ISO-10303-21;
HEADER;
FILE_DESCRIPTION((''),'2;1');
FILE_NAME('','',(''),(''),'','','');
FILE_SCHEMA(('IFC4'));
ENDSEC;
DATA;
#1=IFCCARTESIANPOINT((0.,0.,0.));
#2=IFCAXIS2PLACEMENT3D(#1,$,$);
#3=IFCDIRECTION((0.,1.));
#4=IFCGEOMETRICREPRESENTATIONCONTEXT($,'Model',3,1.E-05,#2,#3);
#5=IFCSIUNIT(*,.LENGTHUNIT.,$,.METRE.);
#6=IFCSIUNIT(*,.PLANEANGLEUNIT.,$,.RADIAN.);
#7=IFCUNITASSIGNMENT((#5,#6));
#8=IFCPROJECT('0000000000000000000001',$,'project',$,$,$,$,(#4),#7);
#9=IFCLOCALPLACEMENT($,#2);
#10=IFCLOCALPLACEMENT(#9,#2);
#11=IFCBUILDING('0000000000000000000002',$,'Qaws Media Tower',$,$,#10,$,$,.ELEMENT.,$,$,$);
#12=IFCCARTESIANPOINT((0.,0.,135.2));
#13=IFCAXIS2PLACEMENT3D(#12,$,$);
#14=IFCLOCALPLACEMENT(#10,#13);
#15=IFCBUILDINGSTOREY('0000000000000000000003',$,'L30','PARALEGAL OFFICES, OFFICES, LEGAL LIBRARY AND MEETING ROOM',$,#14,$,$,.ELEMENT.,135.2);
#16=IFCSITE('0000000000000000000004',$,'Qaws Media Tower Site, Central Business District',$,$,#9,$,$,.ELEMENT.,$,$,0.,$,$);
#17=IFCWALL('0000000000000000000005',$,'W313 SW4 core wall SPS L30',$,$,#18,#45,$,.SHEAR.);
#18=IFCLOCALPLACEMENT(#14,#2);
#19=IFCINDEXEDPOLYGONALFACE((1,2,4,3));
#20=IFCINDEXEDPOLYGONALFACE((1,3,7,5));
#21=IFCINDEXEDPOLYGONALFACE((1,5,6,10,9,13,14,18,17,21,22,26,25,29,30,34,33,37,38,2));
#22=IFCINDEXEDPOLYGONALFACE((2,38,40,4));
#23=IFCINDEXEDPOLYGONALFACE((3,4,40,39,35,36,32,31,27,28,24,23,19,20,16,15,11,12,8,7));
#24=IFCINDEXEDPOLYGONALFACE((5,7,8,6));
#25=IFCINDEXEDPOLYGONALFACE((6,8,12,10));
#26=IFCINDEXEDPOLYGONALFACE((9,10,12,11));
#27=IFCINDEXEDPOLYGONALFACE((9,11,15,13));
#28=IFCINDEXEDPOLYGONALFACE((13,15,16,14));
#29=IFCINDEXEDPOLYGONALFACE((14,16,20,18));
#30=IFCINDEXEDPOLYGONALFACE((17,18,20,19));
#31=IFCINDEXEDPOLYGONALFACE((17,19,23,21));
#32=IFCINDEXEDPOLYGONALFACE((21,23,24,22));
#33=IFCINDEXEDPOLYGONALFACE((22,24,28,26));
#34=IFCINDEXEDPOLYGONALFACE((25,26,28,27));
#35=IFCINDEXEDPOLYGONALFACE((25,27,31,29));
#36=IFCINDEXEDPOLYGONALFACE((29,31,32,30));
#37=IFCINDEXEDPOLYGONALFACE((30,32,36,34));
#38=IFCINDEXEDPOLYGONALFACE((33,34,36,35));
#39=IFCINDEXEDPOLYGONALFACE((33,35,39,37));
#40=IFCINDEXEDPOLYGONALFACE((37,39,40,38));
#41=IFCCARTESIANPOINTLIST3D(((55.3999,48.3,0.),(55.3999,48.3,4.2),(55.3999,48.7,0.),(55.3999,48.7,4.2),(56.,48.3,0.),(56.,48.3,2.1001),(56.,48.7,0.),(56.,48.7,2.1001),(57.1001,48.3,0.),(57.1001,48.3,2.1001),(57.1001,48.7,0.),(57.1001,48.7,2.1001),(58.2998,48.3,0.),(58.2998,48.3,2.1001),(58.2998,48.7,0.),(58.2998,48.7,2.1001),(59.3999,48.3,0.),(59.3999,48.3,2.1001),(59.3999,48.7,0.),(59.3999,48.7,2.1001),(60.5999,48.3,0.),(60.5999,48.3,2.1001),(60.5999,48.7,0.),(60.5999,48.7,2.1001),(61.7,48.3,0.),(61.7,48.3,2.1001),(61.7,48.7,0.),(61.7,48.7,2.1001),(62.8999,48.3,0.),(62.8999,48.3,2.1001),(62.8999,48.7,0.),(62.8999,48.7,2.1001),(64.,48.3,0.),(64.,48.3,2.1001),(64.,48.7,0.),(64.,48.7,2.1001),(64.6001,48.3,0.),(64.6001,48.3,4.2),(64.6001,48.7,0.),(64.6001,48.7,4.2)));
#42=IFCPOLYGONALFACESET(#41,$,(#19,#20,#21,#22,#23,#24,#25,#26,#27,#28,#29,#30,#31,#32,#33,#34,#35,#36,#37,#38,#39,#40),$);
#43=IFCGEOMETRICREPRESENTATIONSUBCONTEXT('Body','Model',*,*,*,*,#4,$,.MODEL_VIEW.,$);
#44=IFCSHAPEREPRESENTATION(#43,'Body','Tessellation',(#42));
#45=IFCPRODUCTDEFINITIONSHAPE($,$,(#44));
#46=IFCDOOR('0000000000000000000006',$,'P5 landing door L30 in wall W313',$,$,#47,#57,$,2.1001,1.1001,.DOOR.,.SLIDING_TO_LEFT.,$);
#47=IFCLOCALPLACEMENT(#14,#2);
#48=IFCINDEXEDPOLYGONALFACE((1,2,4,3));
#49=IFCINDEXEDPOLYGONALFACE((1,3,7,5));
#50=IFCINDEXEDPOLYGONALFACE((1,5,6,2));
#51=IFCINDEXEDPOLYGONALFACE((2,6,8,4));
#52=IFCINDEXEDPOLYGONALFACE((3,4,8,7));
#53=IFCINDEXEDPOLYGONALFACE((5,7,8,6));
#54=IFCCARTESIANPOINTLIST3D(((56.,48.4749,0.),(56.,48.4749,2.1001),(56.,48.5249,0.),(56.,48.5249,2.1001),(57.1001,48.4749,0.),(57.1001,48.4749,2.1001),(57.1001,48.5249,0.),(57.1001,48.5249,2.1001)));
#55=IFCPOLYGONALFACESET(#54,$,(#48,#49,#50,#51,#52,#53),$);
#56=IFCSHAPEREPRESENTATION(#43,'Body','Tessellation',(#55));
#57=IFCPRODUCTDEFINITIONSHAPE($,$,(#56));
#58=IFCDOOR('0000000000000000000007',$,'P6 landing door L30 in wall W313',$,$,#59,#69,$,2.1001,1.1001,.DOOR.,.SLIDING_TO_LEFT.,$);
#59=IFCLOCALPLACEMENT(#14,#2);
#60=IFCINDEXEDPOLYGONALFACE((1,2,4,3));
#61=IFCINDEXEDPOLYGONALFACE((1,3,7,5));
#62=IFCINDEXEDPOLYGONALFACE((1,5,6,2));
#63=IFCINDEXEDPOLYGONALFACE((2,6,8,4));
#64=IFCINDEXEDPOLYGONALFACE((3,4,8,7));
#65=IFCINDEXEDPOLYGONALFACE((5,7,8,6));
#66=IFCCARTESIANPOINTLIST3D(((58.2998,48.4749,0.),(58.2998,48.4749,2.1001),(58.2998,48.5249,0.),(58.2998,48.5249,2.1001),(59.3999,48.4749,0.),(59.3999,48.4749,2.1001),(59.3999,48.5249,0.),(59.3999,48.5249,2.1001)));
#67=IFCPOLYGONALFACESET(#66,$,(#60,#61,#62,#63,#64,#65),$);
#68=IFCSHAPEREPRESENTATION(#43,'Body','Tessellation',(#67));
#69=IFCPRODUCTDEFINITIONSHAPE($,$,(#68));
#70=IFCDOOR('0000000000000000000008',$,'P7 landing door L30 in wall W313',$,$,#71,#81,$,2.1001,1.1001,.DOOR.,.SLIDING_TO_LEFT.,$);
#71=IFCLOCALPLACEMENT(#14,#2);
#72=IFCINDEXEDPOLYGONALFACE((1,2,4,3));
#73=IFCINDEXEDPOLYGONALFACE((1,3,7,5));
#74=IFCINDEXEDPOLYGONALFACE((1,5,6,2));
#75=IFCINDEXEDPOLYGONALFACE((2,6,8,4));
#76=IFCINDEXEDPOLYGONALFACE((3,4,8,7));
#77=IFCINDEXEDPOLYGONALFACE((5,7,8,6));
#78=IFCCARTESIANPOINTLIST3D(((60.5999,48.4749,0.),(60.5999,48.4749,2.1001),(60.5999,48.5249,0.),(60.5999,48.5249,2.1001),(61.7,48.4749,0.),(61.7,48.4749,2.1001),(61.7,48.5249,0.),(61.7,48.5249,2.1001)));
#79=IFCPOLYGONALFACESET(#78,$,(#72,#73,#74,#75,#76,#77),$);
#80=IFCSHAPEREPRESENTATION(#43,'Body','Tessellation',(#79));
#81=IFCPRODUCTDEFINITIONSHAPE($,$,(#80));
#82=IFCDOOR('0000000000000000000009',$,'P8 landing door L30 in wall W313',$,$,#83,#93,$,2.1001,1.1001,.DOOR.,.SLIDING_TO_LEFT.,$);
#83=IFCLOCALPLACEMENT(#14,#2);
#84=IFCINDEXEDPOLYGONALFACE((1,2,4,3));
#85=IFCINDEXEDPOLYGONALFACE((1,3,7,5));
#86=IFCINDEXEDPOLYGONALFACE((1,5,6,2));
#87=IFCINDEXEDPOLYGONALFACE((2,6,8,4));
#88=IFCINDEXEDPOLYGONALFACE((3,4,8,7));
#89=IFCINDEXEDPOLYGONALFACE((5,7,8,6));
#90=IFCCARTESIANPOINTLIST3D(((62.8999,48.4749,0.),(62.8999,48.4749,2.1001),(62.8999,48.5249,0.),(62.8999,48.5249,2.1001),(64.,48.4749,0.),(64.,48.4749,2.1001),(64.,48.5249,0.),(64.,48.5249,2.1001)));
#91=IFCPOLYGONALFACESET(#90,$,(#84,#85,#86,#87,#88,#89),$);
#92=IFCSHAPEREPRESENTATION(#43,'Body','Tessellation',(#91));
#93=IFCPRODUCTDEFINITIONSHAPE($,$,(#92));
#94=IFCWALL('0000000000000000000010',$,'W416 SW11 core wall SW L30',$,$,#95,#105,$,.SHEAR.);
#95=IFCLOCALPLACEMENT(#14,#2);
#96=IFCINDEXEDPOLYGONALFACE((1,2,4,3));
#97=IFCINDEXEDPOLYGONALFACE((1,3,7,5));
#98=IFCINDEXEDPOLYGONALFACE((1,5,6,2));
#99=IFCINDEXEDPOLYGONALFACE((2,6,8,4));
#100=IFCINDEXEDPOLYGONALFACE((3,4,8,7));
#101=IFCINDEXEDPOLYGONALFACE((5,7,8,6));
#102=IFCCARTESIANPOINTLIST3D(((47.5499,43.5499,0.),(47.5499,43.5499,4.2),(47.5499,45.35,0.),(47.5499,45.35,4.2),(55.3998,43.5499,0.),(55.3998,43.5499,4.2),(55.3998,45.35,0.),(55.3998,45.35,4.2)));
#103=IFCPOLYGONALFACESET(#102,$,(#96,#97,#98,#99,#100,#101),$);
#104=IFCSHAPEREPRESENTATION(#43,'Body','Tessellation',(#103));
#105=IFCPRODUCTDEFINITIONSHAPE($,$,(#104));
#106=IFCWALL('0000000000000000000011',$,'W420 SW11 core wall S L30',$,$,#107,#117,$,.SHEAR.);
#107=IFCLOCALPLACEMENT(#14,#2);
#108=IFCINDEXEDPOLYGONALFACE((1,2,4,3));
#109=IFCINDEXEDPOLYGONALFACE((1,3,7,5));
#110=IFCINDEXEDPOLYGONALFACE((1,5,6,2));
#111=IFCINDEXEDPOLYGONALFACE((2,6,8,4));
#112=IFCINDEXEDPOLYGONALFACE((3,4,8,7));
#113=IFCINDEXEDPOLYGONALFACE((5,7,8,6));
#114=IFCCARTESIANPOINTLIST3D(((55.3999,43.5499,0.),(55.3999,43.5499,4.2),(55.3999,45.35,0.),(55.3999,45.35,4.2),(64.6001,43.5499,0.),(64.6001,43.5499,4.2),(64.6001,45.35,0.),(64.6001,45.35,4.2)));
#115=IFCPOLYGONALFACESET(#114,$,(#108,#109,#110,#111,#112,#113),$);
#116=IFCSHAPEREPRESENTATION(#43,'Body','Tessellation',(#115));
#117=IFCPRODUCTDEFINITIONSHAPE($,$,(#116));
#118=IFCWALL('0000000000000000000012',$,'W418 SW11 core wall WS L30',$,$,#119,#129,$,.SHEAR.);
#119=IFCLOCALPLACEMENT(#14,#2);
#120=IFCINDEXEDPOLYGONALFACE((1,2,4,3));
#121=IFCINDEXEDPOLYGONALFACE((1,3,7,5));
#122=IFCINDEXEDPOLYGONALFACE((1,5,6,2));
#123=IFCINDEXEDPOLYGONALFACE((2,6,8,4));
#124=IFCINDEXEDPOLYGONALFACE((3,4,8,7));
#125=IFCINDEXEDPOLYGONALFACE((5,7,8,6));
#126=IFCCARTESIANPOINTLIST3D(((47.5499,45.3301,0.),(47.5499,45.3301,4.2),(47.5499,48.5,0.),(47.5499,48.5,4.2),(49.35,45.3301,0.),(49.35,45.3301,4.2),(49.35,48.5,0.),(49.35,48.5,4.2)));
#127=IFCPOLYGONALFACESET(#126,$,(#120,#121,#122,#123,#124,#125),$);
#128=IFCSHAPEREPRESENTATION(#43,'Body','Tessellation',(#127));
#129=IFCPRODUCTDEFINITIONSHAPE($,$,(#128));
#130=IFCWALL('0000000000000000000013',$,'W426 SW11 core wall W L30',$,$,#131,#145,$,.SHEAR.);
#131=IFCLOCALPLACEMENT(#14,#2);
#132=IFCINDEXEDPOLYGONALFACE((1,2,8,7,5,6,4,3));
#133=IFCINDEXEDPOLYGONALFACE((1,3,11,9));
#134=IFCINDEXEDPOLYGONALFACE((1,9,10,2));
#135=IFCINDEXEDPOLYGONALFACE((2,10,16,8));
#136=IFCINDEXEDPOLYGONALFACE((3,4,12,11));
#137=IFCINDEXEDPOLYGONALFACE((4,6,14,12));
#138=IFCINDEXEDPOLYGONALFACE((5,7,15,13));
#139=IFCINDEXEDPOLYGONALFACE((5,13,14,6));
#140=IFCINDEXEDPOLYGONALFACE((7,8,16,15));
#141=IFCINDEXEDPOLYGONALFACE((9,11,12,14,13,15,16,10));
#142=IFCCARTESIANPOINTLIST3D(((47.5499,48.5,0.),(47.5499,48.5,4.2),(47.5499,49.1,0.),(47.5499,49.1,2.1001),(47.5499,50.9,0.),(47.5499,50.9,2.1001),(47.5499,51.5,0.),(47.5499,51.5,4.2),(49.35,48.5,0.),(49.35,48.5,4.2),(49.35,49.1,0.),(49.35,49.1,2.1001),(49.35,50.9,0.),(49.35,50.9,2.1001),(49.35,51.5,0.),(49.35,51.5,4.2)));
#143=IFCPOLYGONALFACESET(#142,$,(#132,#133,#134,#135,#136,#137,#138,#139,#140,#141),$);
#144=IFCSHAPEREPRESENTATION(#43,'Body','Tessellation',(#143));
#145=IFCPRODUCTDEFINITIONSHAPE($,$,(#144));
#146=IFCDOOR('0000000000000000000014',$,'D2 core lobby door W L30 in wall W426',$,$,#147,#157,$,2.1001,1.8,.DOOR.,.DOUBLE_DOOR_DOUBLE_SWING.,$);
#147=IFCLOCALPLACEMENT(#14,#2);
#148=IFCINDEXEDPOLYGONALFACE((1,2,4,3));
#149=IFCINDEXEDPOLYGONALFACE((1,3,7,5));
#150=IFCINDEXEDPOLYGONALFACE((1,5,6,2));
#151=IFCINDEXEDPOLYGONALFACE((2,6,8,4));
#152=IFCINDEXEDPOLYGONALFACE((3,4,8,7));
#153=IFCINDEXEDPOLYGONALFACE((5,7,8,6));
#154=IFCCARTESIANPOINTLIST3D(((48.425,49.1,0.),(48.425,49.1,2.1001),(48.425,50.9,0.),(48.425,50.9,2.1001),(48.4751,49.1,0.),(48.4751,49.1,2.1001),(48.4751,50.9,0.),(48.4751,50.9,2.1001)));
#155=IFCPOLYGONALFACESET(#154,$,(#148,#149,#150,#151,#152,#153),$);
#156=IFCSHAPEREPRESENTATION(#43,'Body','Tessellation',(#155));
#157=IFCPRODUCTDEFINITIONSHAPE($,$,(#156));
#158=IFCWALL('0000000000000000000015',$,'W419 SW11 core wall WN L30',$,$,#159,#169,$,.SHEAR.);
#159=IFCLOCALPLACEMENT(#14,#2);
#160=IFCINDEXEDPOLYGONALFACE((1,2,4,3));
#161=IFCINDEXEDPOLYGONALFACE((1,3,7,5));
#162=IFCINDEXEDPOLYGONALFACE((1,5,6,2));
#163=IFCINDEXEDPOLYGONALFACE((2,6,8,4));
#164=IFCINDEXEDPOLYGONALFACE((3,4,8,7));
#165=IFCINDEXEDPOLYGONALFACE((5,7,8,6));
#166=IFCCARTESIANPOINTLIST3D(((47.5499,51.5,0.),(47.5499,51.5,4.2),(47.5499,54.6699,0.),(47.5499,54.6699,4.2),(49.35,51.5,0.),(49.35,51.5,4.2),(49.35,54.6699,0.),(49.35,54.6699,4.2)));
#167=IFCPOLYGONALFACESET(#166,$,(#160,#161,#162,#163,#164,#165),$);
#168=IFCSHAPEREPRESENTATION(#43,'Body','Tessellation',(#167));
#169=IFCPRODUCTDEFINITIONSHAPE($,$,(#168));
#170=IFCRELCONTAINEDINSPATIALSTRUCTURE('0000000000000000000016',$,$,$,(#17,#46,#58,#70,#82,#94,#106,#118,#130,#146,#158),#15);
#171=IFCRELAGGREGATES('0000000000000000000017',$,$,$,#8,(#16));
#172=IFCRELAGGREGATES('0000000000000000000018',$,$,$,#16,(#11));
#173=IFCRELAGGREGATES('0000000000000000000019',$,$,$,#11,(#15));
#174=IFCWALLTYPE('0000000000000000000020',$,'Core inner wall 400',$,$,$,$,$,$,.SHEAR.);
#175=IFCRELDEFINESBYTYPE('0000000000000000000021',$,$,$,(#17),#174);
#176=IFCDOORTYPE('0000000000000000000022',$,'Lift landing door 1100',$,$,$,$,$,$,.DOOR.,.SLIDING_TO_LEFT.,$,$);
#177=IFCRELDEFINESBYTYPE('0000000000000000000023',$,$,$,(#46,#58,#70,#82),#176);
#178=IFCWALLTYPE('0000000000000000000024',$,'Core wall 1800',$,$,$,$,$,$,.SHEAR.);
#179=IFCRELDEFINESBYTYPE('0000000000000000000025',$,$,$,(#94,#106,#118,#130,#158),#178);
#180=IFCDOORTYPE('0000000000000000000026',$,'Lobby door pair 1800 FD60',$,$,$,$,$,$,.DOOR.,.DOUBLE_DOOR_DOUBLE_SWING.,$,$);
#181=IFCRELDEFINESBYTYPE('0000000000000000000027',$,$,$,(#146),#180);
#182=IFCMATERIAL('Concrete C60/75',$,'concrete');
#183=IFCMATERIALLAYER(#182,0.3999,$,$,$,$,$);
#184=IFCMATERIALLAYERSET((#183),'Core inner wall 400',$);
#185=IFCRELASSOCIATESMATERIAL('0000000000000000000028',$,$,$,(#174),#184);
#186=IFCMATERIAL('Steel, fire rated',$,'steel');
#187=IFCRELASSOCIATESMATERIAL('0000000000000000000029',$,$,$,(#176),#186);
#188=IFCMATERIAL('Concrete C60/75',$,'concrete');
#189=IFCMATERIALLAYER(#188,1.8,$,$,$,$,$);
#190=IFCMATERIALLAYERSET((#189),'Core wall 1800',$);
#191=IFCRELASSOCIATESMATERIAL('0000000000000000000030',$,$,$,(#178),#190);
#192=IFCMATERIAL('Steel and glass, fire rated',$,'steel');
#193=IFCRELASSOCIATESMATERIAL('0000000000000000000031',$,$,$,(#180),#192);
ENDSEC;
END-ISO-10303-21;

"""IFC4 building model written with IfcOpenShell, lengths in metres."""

from ifc_helpers import new_model, si_unit, direction, frame, frame_2d, origin, place, context, subcontext, project, spatial, rectangle, extrude, material, layer, layer_set, type_object, element, fill, save


model = new_model("IFC4")

# Units and contexts
model_context = context("Model", 3, precision=1e-05, world=origin(), true_north=direction((0.0, 1.0)))
body_context = subcontext(model_context, "Body", "Model", "MODEL_VIEW")
ifc_project = project(units=[si_unit("LENGTHUNIT", "METRE"), si_unit("PLANEANGLEUNIT", "RADIAN")], contexts=[model_context])

# Site, building, storey
site_placement = place(None, origin())
site = spatial("IfcSite", under=ifc_project, at=site_placement, Name="Qaws Media Tower Site, Central Business District", CompositionType="ELEMENT", RefElevation=0.0)
building_placement = place(site_placement, origin())
building = spatial("IfcBuilding", under=site, at=building_placement, Name="Qaws Media Tower", CompositionType="ELEMENT")
storey_placement = place(building_placement, frame((0.0, 0.0, 135.2)))
storey = spatial("IfcBuildingStorey", under=building, at=storey_placement, Name="L30", Description="PARALEGAL OFFICES, OFFICES, LEGAL LIBRARY AND MEETING ROOM", CompositionType="ELEMENT", Elevation=135.2)

# Shared definitions
ifc_material_1 = material(Name="Concrete C60/75", Category="concrete")
ifc_layer_1 = layer(ifc_material_1, 0.3999)
ifc_layer_set_1 = layer_set([ifc_layer_1], Name="Core inner wall 400")
wall_type_1 = type_object("IfcWallType", Name="Core inner wall 400", PredefinedType="SHEAR", material=ifc_layer_set_1)

# Wall, openings, doors
wall_1_placement = place(storey_placement, frame((55.3999, 48.5, 0.0), z_axis=(0.0, 0.0, 1.0), x_axis=(1.0, 0.0, 0.0)))
wall_1 = element("IfcWall", 1, at=wall_1_placement, inside=storey, type_object=wall_type_1, Name="W313 SW4 core wall SPS L30", PredefinedType="SHEAR", context=body_context, shape_type="SweptSolid", body=[
    extrude(rectangle(XDim=9.2002, YDim=0.3999, at=frame_2d((4.6001, 0.0))), origin(), (0.0, 0.0, 1.0), 4.2),
])
opening_1_placement = place(wall_1_placement, frame((0.6001, 0.0, 0.0)))
opening_1 = element("IfcOpeningElement", 2, at=opening_1_placement, cuts=wall_1, PredefinedType="OPENING", context=body_context, shape_type="SweptSolid", body=[
    extrude(rectangle(XDim=1.1001, YDim=2.1001, at=frame_2d((0.55, 1.05))), frame((0.0, 0.21, 0.0), z_axis=(0.0, -1.0, 0.0), x_axis=(1.0, 0.0, 0.0)), (0.0, 0.0, 1.0), 0.4199),
])
opening_2_placement = place(wall_1_placement, frame((2.8999, 0.0, 0.0)))
opening_2 = element("IfcOpeningElement", 3, at=opening_2_placement, cuts=wall_1, PredefinedType="OPENING", context=body_context, shape_type="SweptSolid", body=[
    extrude(rectangle(XDim=1.1001, YDim=2.1001, at=frame_2d((0.55, 1.05))), frame((0.0, 0.21, 0.0), z_axis=(0.0, -1.0, 0.0), x_axis=(1.0, 0.0, 0.0)), (0.0, 0.0, 1.0), 0.4199),
])
opening_3_placement = place(wall_1_placement, frame((5.2, 0.0, 0.0)))
opening_3 = element("IfcOpeningElement", 4, at=opening_3_placement, cuts=wall_1, PredefinedType="OPENING", context=body_context, shape_type="SweptSolid", body=[
    extrude(rectangle(XDim=1.1001, YDim=2.1001, at=frame_2d((0.55, 1.05))), frame((0.0, 0.21, 0.0), z_axis=(0.0, -1.0, 0.0), x_axis=(1.0, 0.0, 0.0)), (0.0, 0.0, 1.0), 0.4199),
])
opening_4_placement = place(wall_1_placement, frame((7.5, 0.0, 0.0)))
opening_4 = element("IfcOpeningElement", 5, at=opening_4_placement, cuts=wall_1, PredefinedType="OPENING", context=body_context, shape_type="SweptSolid", body=[
    extrude(rectangle(XDim=1.1001, YDim=2.1001, at=frame_2d((0.55, 1.05))), frame((0.0, 0.21, 0.0), z_axis=(0.0, -1.0, 0.0), x_axis=(1.0, 0.0, 0.0)), (0.0, 0.0, 1.0), 0.4199),
])
ifc_material_2 = material(Name="Steel, fire rated", Category="steel")
door_type_1 = type_object("IfcDoorType", Name="Lift landing door 1100", OperationType="SLIDING_TO_LEFT", PredefinedType="DOOR", material=ifc_material_2)
door_1_placement = place(opening_1_placement, origin())
door_1 = element("IfcDoor", 6, at=door_1_placement, inside=storey, type_object=door_type_1, Name="P5 landing door L30 in wall W313", OperationType="SLIDING_TO_LEFT", OverallHeight=2.1001, OverallWidth=1.1001, PredefinedType="DOOR", context=body_context, shape_type="SweptSolid", body=[
    extrude(rectangle(XDim=1.1001, YDim=2.1001, at=frame_2d((0.55, 1.05))), frame((0.0, 0.0249, 0.0), z_axis=(0.0, -1.0, 0.0), x_axis=(1.0, 0.0, 0.0)), (0.0, 0.0, 1.0), 0.05),
])
fill(opening_1, door_1)
door_2_placement = place(opening_2_placement, origin())
door_2 = element("IfcDoor", 7, at=door_2_placement, inside=storey, type_object=door_type_1, Name="P6 landing door L30 in wall W313", OperationType="SLIDING_TO_LEFT", OverallHeight=2.1001, OverallWidth=1.1001, PredefinedType="DOOR", context=body_context, shape_type="SweptSolid", body=[
    extrude(rectangle(XDim=1.1001, YDim=2.1001, at=frame_2d((0.55, 1.05))), frame((0.0, 0.0249, 0.0), z_axis=(0.0, -1.0, 0.0), x_axis=(1.0, 0.0, 0.0)), (0.0, 0.0, 1.0), 0.05),
])
fill(opening_2, door_2)
door_3_placement = place(opening_3_placement, origin())
door_3 = element("IfcDoor", 8, at=door_3_placement, inside=storey, type_object=door_type_1, Name="P7 landing door L30 in wall W313", OperationType="SLIDING_TO_LEFT", OverallHeight=2.1001, OverallWidth=1.1001, PredefinedType="DOOR", context=body_context, shape_type="SweptSolid", body=[
    extrude(rectangle(XDim=1.1001, YDim=2.1001, at=frame_2d((0.55, 1.05))), frame((0.0, 0.0249, 0.0), z_axis=(0.0, -1.0, 0.0), x_axis=(1.0, 0.0, 0.0)), (0.0, 0.0, 1.0), 0.05),
])
fill(opening_3, door_3)
door_4_placement = place(opening_4_placement, origin())
door_4 = element("IfcDoor", 9, at=door_4_placement, inside=storey, type_object=door_type_1, Name="P8 landing door L30 in wall W313", OperationType="SLIDING_TO_LEFT", OverallHeight=2.1001, OverallWidth=1.1001, PredefinedType="DOOR", context=body_context, shape_type="SweptSolid", body=[
    extrude(rectangle(XDim=1.1001, YDim=2.1001, at=frame_2d((0.55, 1.05))), frame((0.0, 0.0249, 0.0), z_axis=(0.0, -1.0, 0.0), x_axis=(1.0, 0.0, 0.0)), (0.0, 0.0, 1.0), 0.05),
])
fill(opening_4, door_4)

# Walls
ifc_material_3 = material(Name="Concrete C60/75", Category="concrete")
ifc_layer_2 = layer(ifc_material_3, 1.8)
ifc_layer_set_2 = layer_set([ifc_layer_2], Name="Core wall 1800")
wall_type_2 = type_object("IfcWallType", Name="Core wall 1800", PredefinedType="SHEAR", material=ifc_layer_set_2)
wall_2_placement = place(storey_placement, frame((47.55, 44.45, 0.0), z_axis=(0.0, 0.0, 1.0), x_axis=(1.0, 0.0, 0.0)))
element("IfcWall", 10, at=wall_2_placement, inside=storey, type_object=wall_type_2, Name="W416 SW11 core wall SW L30", PredefinedType="SHEAR", context=body_context, shape_type="SweptSolid", body=[
    extrude(rectangle(XDim=7.8499, YDim=1.8, at=frame_2d((3.9248, 0.0))), origin(), (0.0, 0.0, 1.0), 4.2),
])
wall_3_placement = place(storey_placement, frame((55.3999, 44.45, 0.0), z_axis=(0.0, 0.0, 1.0), x_axis=(1.0, 0.0, 0.0)))
element("IfcWall", 11, at=wall_3_placement, inside=storey, type_object=wall_type_2, Name="W420 SW11 core wall S L30", PredefinedType="SHEAR", context=body_context, shape_type="SweptSolid", body=[
    extrude(rectangle(XDim=9.2002, YDim=1.8, at=frame_2d((4.6001, 0.0))), origin(), (0.0, 0.0, 1.0), 4.2),
])
wall_4_placement = place(storey_placement, frame((48.45, 45.3301, 0.0), z_axis=(0.0, 0.0, 1.0), x_axis=(0.0, 1.0, 0.0)))
element("IfcWall", 12, at=wall_4_placement, inside=storey, type_object=wall_type_2, Name="W418 SW11 core wall WS L30", PredefinedType="SHEAR", context=body_context, shape_type="SweptSolid", body=[
    extrude(rectangle(XDim=3.1699, YDim=1.8, at=frame_2d((1.585, 0.0))), origin(), (0.0, 0.0, 1.0), 4.2),
])

# Wall, opening, door
wall_5_placement = place(storey_placement, frame((48.45, 48.5, 0.0), z_axis=(0.0, 0.0, 1.0), x_axis=(0.0, 1.0, 0.0)))
wall_5 = element("IfcWall", 13, at=wall_5_placement, inside=storey, type_object=wall_type_2, Name="W426 SW11 core wall W L30", PredefinedType="SHEAR", context=body_context, shape_type="SweptSolid", body=[
    extrude(rectangle(XDim=3.0, YDim=1.8, at=frame_2d((1.5, 0.0))), origin(), (0.0, 0.0, 1.0), 4.2),
])
opening_5_placement = place(wall_5_placement, frame((0.6001, 0.0, 0.0)))
opening_5 = element("IfcOpeningElement", 14, at=opening_5_placement, cuts=wall_5, PredefinedType="OPENING", context=body_context, shape_type="SweptSolid", body=[
    extrude(rectangle(XDim=1.8, YDim=2.1001, at=frame_2d((0.8999, 1.05))), frame((0.0, 0.9099, 0.0), z_axis=(0.0, -1.0, 0.0), x_axis=(1.0, 0.0, 0.0)), (0.0, 0.0, 1.0), 1.8201),
])
ifc_material_4 = material(Name="Steel and glass, fire rated", Category="steel")
door_type_2 = type_object("IfcDoorType", Name="Lobby door pair 1800 FD60", OperationType="DOUBLE_DOOR_DOUBLE_SWING", PredefinedType="DOOR", material=ifc_material_4)
door_5_placement = place(opening_5_placement, origin())
door_5 = element("IfcDoor", 15, at=door_5_placement, inside=storey, type_object=door_type_2, Name="D2 core lobby door W L30 in wall W426", OperationType="DOUBLE_DOOR_DOUBLE_SWING", OverallHeight=2.1001, OverallWidth=1.8, PredefinedType="DOOR", context=body_context, shape_type="SweptSolid", body=[
    extrude(rectangle(XDim=1.8, YDim=2.1001, at=frame_2d((0.8999, 1.05))), frame((0.0, 0.0249, 0.0), z_axis=(0.0, -1.0, 0.0), x_axis=(1.0, 0.0, 0.0)), (0.0, 0.0, 1.0), 0.05),
])
fill(opening_5, door_5)

# Wall
wall_6_placement = place(storey_placement, frame((48.45, 51.5, 0.0), z_axis=(0.0, 0.0, 1.0), x_axis=(0.0, 1.0, 0.0)))
element("IfcWall", 16, at=wall_6_placement, inside=storey, type_object=wall_type_2, Name="W419 SW11 core wall WN L30", PredefinedType="SHEAR", context=body_context, shape_type="SweptSolid", body=[
    extrude(rectangle(XDim=3.1699, YDim=1.8, at=frame_2d((1.585, 0.0))), origin(), (0.0, 0.0, 1.0), 4.2),
])

save(model, "model.ifc")
